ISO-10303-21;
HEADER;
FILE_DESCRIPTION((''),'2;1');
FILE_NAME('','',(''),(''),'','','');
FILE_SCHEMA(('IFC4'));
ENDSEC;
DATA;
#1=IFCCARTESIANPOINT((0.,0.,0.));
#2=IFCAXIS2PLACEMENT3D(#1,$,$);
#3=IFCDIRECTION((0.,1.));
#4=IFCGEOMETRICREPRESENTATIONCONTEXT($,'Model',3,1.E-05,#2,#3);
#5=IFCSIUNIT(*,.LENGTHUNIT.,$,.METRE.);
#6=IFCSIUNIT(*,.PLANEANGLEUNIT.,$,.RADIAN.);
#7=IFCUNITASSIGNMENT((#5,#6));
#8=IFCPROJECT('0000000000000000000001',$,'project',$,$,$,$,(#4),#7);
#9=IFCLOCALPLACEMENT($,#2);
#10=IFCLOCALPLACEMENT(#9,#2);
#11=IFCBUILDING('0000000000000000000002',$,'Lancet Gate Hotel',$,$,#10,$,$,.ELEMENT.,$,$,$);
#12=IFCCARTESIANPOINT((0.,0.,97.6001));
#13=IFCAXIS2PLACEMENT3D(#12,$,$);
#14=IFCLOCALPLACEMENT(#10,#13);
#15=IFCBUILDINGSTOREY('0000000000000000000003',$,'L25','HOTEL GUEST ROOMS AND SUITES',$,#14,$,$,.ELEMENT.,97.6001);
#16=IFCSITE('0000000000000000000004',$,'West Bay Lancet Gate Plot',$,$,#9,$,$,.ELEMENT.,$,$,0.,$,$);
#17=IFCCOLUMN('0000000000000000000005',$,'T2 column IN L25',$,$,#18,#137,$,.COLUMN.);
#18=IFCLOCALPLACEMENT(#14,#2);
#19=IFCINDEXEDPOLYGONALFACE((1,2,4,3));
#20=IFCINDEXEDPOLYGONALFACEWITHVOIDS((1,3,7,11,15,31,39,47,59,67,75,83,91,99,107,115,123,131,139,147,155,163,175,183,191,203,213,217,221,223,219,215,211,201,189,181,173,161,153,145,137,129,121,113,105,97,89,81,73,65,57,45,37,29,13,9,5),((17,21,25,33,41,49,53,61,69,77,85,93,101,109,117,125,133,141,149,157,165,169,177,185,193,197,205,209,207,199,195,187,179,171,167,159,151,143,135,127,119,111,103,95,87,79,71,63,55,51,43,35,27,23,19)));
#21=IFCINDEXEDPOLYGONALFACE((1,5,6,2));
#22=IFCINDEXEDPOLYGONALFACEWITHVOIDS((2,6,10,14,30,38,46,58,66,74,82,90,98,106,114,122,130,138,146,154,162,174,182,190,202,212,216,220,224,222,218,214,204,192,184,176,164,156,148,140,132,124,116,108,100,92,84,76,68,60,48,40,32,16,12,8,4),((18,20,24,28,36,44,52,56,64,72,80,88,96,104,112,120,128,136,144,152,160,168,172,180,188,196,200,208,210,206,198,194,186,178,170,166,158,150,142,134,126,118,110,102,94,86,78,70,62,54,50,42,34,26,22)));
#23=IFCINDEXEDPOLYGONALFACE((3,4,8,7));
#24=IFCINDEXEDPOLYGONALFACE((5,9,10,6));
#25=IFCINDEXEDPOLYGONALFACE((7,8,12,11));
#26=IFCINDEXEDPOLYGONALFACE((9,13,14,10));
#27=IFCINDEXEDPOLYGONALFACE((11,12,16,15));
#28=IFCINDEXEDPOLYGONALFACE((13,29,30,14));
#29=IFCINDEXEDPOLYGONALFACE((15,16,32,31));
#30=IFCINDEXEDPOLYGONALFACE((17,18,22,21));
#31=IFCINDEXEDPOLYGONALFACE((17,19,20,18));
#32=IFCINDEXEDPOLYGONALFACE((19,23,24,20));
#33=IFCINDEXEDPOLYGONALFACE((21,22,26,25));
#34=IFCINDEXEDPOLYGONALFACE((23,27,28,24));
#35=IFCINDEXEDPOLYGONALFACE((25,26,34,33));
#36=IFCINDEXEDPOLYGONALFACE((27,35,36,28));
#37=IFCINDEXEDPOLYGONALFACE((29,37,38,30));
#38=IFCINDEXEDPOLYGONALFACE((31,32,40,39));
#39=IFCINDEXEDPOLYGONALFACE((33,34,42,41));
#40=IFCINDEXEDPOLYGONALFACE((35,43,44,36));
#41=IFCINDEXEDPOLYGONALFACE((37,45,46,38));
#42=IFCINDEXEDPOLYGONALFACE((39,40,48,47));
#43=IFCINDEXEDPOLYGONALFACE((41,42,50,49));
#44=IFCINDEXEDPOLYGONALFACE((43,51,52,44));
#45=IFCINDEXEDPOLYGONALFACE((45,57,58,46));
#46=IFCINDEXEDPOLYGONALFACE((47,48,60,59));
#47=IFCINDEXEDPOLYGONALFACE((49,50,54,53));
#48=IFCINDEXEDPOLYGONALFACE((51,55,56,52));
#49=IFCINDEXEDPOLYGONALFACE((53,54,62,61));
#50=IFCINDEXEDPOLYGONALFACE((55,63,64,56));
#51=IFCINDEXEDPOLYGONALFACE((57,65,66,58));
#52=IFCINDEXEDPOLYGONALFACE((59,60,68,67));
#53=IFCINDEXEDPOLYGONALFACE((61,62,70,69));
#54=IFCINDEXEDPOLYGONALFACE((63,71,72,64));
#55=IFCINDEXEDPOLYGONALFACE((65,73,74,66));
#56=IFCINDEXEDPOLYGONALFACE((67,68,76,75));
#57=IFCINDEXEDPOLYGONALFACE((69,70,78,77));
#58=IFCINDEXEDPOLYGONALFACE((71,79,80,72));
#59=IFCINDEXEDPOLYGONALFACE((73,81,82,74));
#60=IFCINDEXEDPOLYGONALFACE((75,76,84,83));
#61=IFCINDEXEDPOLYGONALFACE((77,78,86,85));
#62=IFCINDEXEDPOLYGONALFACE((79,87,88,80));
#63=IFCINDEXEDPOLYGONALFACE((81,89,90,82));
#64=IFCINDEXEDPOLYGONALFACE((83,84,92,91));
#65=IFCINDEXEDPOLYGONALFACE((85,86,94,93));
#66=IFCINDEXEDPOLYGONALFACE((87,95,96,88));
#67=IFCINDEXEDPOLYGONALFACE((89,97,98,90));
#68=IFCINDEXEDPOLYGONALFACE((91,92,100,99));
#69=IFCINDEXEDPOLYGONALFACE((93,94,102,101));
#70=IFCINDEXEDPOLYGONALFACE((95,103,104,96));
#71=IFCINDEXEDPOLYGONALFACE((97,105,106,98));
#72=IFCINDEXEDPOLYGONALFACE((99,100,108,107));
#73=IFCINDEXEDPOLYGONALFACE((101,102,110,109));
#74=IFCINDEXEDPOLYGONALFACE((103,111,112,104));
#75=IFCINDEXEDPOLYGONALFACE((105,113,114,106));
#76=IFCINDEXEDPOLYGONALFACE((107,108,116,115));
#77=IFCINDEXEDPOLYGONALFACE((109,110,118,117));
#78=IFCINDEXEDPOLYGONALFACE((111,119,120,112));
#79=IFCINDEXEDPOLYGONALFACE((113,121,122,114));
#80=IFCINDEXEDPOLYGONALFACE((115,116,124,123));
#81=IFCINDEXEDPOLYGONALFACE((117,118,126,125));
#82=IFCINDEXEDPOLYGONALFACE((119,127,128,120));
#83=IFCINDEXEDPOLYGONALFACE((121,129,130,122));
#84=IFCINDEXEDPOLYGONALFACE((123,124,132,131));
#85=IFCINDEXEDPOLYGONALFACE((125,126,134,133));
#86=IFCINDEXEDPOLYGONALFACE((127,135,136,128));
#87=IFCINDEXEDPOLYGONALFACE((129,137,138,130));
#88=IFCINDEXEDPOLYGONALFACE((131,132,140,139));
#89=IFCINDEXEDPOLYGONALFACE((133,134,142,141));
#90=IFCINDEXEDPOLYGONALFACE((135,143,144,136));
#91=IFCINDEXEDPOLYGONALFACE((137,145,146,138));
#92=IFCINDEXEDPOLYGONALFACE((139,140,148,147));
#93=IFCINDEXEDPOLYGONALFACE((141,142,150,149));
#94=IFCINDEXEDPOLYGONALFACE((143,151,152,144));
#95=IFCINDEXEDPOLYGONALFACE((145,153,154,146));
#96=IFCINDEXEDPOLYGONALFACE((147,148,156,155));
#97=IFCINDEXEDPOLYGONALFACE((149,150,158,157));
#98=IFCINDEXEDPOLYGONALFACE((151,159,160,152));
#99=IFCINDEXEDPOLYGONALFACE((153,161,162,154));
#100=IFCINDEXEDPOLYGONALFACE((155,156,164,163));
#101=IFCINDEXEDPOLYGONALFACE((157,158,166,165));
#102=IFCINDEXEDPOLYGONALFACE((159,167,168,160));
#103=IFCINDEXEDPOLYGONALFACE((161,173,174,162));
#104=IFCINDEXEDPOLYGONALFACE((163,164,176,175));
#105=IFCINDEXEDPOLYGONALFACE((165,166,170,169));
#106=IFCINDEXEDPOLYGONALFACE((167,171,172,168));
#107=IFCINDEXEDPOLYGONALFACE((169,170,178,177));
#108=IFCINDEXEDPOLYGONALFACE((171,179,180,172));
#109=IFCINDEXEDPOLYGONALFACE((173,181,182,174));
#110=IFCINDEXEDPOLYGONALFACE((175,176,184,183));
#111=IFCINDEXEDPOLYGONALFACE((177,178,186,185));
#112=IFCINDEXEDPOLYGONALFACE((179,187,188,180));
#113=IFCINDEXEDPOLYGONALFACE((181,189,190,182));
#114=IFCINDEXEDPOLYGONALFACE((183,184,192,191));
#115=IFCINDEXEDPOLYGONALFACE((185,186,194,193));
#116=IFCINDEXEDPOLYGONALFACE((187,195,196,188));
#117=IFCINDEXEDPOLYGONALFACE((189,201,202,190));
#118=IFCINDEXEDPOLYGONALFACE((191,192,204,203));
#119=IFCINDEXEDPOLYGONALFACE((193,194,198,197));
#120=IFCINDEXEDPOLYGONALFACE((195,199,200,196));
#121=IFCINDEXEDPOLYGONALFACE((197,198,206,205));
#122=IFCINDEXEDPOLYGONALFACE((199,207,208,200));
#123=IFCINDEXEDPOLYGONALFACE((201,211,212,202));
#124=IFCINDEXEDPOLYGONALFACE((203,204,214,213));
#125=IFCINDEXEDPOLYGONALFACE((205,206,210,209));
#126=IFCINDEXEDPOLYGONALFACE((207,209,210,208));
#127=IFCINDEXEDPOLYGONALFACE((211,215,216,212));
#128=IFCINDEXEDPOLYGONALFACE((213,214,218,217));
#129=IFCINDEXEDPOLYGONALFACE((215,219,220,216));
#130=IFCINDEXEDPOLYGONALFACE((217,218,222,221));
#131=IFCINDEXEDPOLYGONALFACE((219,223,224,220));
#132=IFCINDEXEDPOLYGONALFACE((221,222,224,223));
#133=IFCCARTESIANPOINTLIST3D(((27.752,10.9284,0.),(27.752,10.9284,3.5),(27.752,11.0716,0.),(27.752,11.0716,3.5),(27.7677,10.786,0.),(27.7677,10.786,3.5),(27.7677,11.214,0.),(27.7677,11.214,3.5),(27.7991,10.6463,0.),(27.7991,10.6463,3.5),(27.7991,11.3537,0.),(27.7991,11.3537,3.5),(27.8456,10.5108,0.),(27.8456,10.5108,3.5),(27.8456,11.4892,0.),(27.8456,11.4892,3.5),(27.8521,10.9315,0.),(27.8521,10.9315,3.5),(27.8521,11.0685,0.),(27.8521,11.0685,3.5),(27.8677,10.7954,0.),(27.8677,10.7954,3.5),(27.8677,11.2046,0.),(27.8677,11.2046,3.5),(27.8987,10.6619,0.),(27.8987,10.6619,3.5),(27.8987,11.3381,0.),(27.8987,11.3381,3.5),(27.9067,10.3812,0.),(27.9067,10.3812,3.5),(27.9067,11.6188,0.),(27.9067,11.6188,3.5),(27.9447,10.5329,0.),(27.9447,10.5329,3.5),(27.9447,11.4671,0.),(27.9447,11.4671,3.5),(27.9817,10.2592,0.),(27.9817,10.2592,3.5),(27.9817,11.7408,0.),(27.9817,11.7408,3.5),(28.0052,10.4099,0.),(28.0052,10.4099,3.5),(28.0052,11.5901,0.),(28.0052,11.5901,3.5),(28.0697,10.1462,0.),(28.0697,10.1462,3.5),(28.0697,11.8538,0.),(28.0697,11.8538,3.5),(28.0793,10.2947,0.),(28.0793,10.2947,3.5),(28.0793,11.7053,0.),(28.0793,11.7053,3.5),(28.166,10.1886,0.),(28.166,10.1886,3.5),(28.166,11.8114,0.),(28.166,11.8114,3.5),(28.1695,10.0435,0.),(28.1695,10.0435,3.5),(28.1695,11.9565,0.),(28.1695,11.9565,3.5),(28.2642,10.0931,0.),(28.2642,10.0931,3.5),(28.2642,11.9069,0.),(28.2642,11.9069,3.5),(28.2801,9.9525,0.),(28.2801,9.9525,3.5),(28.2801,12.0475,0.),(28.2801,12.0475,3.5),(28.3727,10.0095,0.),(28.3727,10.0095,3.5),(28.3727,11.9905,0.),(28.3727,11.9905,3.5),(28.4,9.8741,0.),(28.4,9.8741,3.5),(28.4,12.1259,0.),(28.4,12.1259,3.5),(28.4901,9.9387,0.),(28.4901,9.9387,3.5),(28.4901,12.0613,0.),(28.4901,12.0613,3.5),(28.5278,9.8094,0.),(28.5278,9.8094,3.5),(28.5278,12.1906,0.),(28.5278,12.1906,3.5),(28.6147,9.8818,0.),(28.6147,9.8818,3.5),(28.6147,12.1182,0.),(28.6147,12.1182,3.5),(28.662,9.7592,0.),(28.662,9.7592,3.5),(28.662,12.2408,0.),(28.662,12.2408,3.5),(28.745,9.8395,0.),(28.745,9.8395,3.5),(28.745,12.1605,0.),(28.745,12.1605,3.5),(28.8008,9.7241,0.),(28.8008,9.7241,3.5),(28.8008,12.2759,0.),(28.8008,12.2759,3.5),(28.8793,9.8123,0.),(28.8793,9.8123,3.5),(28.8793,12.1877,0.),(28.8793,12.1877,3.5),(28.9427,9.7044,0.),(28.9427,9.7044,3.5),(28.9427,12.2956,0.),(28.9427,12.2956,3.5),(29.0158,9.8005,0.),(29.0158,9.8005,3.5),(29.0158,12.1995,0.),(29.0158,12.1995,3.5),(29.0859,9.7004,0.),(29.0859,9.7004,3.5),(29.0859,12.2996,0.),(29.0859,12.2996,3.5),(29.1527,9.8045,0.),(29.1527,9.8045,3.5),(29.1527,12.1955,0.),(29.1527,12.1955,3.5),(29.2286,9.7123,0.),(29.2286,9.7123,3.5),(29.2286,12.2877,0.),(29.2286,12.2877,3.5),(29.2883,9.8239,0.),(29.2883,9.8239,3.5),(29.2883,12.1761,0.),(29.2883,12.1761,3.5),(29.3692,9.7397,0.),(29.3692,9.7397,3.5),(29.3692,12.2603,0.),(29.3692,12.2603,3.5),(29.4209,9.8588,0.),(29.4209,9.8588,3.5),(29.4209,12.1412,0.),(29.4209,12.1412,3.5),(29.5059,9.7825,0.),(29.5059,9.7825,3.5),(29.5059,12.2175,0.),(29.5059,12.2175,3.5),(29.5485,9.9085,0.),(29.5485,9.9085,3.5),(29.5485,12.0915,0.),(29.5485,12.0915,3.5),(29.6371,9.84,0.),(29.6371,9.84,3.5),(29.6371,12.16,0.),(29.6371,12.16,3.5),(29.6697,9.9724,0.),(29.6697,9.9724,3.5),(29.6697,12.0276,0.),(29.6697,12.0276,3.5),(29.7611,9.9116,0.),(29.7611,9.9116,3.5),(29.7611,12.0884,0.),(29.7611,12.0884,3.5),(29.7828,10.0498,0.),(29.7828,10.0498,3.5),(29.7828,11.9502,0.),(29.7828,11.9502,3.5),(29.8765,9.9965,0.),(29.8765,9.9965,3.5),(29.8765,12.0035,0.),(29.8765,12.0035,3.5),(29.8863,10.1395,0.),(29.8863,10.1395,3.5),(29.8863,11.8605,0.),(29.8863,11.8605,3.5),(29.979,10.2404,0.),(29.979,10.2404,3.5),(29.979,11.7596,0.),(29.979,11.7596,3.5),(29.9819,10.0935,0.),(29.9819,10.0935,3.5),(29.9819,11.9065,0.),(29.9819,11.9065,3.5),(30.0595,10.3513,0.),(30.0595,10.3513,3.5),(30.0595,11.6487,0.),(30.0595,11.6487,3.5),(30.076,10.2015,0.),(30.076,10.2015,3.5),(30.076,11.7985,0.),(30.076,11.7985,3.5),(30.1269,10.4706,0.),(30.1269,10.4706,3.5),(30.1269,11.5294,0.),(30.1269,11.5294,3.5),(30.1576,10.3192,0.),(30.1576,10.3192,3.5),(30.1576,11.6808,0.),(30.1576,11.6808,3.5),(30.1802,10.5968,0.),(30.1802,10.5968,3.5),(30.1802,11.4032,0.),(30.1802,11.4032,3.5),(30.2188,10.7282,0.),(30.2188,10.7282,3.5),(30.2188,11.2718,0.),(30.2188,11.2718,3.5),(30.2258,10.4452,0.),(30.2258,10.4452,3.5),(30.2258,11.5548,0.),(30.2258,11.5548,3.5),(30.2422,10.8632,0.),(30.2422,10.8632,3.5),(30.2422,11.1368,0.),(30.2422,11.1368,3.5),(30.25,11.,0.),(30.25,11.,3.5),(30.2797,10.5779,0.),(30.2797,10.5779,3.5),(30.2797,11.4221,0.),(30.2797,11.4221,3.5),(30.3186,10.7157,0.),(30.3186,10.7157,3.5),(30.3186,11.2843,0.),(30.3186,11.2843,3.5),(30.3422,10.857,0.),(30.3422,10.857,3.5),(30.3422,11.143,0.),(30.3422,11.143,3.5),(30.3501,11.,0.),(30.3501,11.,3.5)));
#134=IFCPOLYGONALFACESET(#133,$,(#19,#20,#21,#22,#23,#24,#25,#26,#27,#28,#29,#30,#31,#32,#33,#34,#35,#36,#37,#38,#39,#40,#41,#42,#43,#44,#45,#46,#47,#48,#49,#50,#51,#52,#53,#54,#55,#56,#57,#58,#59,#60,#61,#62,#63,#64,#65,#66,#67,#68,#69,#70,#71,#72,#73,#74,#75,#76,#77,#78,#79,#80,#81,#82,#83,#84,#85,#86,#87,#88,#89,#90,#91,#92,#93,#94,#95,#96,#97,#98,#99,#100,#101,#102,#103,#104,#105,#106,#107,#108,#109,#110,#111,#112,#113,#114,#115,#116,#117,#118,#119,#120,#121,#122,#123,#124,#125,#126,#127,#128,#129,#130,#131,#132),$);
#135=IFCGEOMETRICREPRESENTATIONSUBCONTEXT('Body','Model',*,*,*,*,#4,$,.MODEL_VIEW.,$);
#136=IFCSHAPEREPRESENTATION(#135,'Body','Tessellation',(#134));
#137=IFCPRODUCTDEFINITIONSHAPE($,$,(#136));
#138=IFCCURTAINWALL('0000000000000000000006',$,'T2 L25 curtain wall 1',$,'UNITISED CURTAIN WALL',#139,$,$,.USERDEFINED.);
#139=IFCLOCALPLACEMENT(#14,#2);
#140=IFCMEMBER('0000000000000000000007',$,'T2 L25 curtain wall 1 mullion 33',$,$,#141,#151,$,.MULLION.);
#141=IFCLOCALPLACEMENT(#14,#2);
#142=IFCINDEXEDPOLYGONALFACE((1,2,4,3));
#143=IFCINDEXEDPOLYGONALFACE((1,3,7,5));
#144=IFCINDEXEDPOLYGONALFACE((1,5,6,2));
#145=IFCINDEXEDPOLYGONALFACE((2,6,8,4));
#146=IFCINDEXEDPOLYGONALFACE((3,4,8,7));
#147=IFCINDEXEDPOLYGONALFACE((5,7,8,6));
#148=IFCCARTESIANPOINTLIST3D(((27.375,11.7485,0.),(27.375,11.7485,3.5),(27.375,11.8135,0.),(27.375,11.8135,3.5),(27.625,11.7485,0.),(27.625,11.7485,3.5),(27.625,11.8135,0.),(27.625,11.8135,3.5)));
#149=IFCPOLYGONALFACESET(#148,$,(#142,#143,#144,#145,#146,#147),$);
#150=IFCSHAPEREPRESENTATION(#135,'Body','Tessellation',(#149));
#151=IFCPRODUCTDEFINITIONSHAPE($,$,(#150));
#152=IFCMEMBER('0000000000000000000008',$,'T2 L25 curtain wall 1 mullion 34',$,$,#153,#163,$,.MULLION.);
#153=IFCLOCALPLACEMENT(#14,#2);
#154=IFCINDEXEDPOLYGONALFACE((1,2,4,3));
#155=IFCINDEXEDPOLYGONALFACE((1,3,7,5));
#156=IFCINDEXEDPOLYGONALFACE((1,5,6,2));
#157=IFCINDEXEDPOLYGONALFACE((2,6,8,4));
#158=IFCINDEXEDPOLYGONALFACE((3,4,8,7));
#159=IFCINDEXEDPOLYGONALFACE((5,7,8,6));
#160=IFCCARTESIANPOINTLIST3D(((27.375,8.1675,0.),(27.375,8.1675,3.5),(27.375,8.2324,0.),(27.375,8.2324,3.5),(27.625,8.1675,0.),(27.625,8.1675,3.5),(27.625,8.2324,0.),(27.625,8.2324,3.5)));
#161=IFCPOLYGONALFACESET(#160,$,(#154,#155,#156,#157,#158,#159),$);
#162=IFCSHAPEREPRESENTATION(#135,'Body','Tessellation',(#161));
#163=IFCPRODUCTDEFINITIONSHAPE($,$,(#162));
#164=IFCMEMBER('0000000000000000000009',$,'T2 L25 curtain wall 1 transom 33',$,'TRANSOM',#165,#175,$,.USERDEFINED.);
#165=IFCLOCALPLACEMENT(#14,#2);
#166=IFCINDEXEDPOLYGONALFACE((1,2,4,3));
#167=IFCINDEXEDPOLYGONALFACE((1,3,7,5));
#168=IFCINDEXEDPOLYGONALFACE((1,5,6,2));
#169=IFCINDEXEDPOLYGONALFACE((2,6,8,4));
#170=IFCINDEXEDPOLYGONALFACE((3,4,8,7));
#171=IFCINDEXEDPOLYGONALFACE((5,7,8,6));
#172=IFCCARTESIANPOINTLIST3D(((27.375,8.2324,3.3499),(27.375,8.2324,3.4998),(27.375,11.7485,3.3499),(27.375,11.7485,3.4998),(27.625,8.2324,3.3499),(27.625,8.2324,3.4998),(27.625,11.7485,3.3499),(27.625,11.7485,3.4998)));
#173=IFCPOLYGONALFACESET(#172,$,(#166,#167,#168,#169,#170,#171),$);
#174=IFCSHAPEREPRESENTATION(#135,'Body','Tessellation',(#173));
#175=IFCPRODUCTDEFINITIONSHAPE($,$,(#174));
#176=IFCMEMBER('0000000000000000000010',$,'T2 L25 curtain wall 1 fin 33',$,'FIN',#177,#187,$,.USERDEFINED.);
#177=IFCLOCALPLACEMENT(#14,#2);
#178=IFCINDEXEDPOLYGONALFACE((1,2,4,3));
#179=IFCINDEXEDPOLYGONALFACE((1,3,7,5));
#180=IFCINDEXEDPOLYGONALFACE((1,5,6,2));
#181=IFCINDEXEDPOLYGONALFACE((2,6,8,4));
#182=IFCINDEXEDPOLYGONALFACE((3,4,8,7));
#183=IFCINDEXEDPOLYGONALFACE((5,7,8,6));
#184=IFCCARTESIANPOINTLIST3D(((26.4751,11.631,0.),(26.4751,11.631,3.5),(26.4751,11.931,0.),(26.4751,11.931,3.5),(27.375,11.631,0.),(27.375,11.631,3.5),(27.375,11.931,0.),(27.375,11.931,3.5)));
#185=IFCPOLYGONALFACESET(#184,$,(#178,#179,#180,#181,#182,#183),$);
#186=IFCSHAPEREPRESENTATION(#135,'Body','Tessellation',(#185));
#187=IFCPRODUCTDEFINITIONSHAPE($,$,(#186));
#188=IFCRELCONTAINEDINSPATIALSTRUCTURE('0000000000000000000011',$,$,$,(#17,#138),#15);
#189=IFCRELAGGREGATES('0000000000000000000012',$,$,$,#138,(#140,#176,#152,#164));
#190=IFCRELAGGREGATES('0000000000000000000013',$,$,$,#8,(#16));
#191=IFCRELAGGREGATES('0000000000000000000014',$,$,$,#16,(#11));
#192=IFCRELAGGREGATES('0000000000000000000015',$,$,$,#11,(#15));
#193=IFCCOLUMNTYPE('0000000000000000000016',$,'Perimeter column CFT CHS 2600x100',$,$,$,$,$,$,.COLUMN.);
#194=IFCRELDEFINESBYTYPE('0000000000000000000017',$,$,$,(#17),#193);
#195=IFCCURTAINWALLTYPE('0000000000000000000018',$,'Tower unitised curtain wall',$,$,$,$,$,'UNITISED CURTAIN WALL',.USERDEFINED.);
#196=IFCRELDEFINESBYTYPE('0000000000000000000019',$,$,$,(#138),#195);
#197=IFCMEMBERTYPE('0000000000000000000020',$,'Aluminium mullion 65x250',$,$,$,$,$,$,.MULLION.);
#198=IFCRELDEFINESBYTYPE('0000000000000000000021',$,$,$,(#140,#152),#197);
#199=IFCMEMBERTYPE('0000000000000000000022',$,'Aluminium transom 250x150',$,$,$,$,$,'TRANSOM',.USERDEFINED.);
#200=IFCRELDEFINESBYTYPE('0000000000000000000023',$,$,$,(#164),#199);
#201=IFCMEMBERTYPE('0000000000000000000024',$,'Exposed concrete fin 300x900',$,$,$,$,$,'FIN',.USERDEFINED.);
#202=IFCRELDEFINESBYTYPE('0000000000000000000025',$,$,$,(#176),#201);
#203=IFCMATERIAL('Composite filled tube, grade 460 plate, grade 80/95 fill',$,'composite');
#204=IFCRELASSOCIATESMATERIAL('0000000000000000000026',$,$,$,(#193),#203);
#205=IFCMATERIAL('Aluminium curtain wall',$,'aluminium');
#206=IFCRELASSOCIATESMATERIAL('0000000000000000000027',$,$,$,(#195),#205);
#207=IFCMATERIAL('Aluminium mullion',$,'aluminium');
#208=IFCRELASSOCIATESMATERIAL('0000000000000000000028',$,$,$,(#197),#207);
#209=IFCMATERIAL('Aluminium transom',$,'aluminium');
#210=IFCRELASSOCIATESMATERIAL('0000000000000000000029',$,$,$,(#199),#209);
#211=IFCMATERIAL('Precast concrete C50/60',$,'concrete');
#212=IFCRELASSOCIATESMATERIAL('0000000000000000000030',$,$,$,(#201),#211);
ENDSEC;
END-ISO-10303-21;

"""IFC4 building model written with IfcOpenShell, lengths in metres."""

from ifc_helpers import new_model, si_unit, direction, frame, origin, origin_2d, place, context, subcontext, project, spatial, rectangle, hollow_circle, extrude, material, material_profile, profile_set, type_object, element, aggregate, save


model = new_model("IFC4")

# Units and contexts
model_context = context("Model", 3, precision=1e-05, world=origin(), true_north=direction((0.0, 1.0)))
body_context = subcontext(model_context, "Body", "Model", "MODEL_VIEW")
ifc_project = project(units=[si_unit("LENGTHUNIT", "METRE"), si_unit("PLANEANGLEUNIT", "RADIAN")], contexts=[model_context])

# Site, building, storey
site_placement = place(None, origin())
site = spatial("IfcSite", under=ifc_project, at=site_placement, Name="West Bay Lancet Gate Plot", CompositionType="ELEMENT", RefElevation=0.0)
building_placement = place(site_placement, origin())
building = spatial("IfcBuilding", under=site, at=building_placement, Name="Lancet Gate Hotel", CompositionType="ELEMENT")
storey_placement = place(building_placement, frame((0.0, 0.0, 97.6001)))
storey = spatial("IfcBuildingStorey", under=building, at=storey_placement, Name="L25", Description="HOTEL GUEST ROOMS AND SUITES", CompositionType="ELEMENT", Elevation=97.6001)

# Column
ifc_material_1 = material(Name="Composite filled tube, grade 460 plate, grade 80/95 fill", Category="composite")
ifc_material_profile_1 = material_profile(ifc_material_1, hollow_circle(Radius=1.3, WallThickness=0.1001, at=origin_2d()), Name="CHS 2600x100")
ifc_profile_set_1 = profile_set([ifc_material_profile_1], Name="Composite filled tube, grade 460 plate, grade 80/95 fill")
column_type = type_object("IfcColumnType", Name="Perimeter column CFT CHS 2600x100", PredefinedType="COLUMN", material=ifc_profile_set_1)
column_placement = place(storey_placement, frame((29.05, 11.0, 0.0), z_axis=(0.0, 0.0, 1.0), x_axis=(1.0, 0.0, 0.0)))
element("IfcColumn", 1, at=column_placement, inside=storey, type_object=column_type, Name="T2 column IN L25", PredefinedType="COLUMN", context=body_context, shape_type="SweptSolid", body=[
    extrude(hollow_circle(Radius=1.3, WallThickness=0.1001, at=origin_2d()), origin(), (0.0, 0.0, 1.0), 3.5),
])

# Curtain wall, members
ifc_material_2 = material(Name="Aluminium curtain wall", Category="aluminium")
curtain_wall_type = type_object("IfcCurtainWallType", Name="Tower unitised curtain wall", ElementType="UNITISED CURTAIN WALL", PredefinedType="USERDEFINED", material=ifc_material_2)
curtain_wall_placement = place(storey_placement, origin())
curtain_wall = element("IfcCurtainWall", 2, at=curtain_wall_placement, inside=storey, type_object=curtain_wall_type, Name="T2 L25 curtain wall 1", ObjectType="UNITISED CURTAIN WALL", PredefinedType="USERDEFINED")
ifc_material_3 = material(Name="Aluminium mullion", Category="aluminium")
ifc_material_profile_2 = material_profile(ifc_material_3, rectangle(XDim=0.0649, YDim=0.25, at=origin_2d()), Name="MULLION 65x250")
ifc_profile_set_2 = profile_set([ifc_material_profile_2], Name="Aluminium mullion")
member_type_1 = type_object("IfcMemberType", Name="Aluminium mullion 65x250", PredefinedType="MULLION", material=ifc_profile_set_2)
member_1_placement = place(storey_placement, frame((27.5, 11.781, 0.0), z_axis=(0.0, 0.0, 1.0), x_axis=(0.0, -1.0, 0.0)))
member_1 = element("IfcMember", 3, at=member_1_placement, type_object=member_type_1, Name="T2 L25 curtain wall 1 mullion 33", PredefinedType="MULLION", context=body_context, shape_type="SweptSolid", body=[
    extrude(rectangle(XDim=0.0649, YDim=0.25, at=origin_2d()), origin(), (0.0, 0.0, 1.0), 3.5),
])
member_2_placement = place(storey_placement, frame((27.5, 8.2, 0.0), z_axis=(0.0, 0.0, 1.0), x_axis=(0.0, -1.0, 0.0)))
member_2 = element("IfcMember", 4, at=member_2_placement, type_object=member_type_1, Name="T2 L25 curtain wall 1 mullion 34", PredefinedType="MULLION", context=body_context, shape_type="SweptSolid", body=[
    extrude(rectangle(XDim=0.0649, YDim=0.25, at=origin_2d()), origin(), (0.0, 0.0, 1.0), 3.5),
])
ifc_material_4 = material(Name="Aluminium transom", Category="aluminium")
ifc_material_profile_3 = material_profile(ifc_material_4, rectangle(XDim=0.25, YDim=0.1499, at=origin_2d()), Name="TRANSOM 250x150")
ifc_profile_set_3 = profile_set([ifc_material_profile_3], Name="Aluminium transom")
member_type_2 = type_object("IfcMemberType", Name="Aluminium transom 250x150", ElementType="TRANSOM", PredefinedType="USERDEFINED", material=ifc_profile_set_3)
member_3_placement = place(storey_placement, frame((27.5, 11.7485, 3.4248), z_axis=(0.0, -1.0, 0.0), x_axis=(1.0, 0.0, 0.0)))
member_3 = element("IfcMember", 5, at=member_3_placement, type_object=member_type_2, Name="T2 L25 curtain wall 1 transom 33", ObjectType="TRANSOM", PredefinedType="USERDEFINED", context=body_context, shape_type="SweptSolid", body=[
    extrude(rectangle(XDim=0.25, YDim=0.1499, at=origin_2d()), origin(), (0.0, 0.0, 1.0), 3.5161),
])
ifc_material_5 = material(Name="Precast concrete C50/60", Category="concrete")
ifc_material_profile_4 = material_profile(ifc_material_5, rectangle(XDim=0.3, YDim=0.8999, at=origin_2d()), Name="FIN 300x900")
ifc_profile_set_4 = profile_set([ifc_material_profile_4], Name="Precast concrete C50/60")
member_type_3 = type_object("IfcMemberType", Name="Exposed concrete fin 300x900", ElementType="FIN", PredefinedType="USERDEFINED", material=ifc_profile_set_4)
member_4_placement = place(storey_placement, frame((26.925, 11.781, 0.0), z_axis=(0.0, 0.0, 1.0), x_axis=(0.0, -1.0, 0.0)))
member_4 = element("IfcMember", 6, at=member_4_placement, type_object=member_type_3, Name="T2 L25 curtain wall 1 fin 33", ObjectType="FIN", PredefinedType="USERDEFINED", context=body_context, shape_type="SweptSolid", body=[
    extrude(rectangle(XDim=0.3, YDim=0.8999, at=origin_2d()), origin(), (0.0, 0.0, 1.0), 3.5),
])

aggregate(curtain_wall, [member_1, member_4, member_2, member_3])

save(model, "model.ifc")
